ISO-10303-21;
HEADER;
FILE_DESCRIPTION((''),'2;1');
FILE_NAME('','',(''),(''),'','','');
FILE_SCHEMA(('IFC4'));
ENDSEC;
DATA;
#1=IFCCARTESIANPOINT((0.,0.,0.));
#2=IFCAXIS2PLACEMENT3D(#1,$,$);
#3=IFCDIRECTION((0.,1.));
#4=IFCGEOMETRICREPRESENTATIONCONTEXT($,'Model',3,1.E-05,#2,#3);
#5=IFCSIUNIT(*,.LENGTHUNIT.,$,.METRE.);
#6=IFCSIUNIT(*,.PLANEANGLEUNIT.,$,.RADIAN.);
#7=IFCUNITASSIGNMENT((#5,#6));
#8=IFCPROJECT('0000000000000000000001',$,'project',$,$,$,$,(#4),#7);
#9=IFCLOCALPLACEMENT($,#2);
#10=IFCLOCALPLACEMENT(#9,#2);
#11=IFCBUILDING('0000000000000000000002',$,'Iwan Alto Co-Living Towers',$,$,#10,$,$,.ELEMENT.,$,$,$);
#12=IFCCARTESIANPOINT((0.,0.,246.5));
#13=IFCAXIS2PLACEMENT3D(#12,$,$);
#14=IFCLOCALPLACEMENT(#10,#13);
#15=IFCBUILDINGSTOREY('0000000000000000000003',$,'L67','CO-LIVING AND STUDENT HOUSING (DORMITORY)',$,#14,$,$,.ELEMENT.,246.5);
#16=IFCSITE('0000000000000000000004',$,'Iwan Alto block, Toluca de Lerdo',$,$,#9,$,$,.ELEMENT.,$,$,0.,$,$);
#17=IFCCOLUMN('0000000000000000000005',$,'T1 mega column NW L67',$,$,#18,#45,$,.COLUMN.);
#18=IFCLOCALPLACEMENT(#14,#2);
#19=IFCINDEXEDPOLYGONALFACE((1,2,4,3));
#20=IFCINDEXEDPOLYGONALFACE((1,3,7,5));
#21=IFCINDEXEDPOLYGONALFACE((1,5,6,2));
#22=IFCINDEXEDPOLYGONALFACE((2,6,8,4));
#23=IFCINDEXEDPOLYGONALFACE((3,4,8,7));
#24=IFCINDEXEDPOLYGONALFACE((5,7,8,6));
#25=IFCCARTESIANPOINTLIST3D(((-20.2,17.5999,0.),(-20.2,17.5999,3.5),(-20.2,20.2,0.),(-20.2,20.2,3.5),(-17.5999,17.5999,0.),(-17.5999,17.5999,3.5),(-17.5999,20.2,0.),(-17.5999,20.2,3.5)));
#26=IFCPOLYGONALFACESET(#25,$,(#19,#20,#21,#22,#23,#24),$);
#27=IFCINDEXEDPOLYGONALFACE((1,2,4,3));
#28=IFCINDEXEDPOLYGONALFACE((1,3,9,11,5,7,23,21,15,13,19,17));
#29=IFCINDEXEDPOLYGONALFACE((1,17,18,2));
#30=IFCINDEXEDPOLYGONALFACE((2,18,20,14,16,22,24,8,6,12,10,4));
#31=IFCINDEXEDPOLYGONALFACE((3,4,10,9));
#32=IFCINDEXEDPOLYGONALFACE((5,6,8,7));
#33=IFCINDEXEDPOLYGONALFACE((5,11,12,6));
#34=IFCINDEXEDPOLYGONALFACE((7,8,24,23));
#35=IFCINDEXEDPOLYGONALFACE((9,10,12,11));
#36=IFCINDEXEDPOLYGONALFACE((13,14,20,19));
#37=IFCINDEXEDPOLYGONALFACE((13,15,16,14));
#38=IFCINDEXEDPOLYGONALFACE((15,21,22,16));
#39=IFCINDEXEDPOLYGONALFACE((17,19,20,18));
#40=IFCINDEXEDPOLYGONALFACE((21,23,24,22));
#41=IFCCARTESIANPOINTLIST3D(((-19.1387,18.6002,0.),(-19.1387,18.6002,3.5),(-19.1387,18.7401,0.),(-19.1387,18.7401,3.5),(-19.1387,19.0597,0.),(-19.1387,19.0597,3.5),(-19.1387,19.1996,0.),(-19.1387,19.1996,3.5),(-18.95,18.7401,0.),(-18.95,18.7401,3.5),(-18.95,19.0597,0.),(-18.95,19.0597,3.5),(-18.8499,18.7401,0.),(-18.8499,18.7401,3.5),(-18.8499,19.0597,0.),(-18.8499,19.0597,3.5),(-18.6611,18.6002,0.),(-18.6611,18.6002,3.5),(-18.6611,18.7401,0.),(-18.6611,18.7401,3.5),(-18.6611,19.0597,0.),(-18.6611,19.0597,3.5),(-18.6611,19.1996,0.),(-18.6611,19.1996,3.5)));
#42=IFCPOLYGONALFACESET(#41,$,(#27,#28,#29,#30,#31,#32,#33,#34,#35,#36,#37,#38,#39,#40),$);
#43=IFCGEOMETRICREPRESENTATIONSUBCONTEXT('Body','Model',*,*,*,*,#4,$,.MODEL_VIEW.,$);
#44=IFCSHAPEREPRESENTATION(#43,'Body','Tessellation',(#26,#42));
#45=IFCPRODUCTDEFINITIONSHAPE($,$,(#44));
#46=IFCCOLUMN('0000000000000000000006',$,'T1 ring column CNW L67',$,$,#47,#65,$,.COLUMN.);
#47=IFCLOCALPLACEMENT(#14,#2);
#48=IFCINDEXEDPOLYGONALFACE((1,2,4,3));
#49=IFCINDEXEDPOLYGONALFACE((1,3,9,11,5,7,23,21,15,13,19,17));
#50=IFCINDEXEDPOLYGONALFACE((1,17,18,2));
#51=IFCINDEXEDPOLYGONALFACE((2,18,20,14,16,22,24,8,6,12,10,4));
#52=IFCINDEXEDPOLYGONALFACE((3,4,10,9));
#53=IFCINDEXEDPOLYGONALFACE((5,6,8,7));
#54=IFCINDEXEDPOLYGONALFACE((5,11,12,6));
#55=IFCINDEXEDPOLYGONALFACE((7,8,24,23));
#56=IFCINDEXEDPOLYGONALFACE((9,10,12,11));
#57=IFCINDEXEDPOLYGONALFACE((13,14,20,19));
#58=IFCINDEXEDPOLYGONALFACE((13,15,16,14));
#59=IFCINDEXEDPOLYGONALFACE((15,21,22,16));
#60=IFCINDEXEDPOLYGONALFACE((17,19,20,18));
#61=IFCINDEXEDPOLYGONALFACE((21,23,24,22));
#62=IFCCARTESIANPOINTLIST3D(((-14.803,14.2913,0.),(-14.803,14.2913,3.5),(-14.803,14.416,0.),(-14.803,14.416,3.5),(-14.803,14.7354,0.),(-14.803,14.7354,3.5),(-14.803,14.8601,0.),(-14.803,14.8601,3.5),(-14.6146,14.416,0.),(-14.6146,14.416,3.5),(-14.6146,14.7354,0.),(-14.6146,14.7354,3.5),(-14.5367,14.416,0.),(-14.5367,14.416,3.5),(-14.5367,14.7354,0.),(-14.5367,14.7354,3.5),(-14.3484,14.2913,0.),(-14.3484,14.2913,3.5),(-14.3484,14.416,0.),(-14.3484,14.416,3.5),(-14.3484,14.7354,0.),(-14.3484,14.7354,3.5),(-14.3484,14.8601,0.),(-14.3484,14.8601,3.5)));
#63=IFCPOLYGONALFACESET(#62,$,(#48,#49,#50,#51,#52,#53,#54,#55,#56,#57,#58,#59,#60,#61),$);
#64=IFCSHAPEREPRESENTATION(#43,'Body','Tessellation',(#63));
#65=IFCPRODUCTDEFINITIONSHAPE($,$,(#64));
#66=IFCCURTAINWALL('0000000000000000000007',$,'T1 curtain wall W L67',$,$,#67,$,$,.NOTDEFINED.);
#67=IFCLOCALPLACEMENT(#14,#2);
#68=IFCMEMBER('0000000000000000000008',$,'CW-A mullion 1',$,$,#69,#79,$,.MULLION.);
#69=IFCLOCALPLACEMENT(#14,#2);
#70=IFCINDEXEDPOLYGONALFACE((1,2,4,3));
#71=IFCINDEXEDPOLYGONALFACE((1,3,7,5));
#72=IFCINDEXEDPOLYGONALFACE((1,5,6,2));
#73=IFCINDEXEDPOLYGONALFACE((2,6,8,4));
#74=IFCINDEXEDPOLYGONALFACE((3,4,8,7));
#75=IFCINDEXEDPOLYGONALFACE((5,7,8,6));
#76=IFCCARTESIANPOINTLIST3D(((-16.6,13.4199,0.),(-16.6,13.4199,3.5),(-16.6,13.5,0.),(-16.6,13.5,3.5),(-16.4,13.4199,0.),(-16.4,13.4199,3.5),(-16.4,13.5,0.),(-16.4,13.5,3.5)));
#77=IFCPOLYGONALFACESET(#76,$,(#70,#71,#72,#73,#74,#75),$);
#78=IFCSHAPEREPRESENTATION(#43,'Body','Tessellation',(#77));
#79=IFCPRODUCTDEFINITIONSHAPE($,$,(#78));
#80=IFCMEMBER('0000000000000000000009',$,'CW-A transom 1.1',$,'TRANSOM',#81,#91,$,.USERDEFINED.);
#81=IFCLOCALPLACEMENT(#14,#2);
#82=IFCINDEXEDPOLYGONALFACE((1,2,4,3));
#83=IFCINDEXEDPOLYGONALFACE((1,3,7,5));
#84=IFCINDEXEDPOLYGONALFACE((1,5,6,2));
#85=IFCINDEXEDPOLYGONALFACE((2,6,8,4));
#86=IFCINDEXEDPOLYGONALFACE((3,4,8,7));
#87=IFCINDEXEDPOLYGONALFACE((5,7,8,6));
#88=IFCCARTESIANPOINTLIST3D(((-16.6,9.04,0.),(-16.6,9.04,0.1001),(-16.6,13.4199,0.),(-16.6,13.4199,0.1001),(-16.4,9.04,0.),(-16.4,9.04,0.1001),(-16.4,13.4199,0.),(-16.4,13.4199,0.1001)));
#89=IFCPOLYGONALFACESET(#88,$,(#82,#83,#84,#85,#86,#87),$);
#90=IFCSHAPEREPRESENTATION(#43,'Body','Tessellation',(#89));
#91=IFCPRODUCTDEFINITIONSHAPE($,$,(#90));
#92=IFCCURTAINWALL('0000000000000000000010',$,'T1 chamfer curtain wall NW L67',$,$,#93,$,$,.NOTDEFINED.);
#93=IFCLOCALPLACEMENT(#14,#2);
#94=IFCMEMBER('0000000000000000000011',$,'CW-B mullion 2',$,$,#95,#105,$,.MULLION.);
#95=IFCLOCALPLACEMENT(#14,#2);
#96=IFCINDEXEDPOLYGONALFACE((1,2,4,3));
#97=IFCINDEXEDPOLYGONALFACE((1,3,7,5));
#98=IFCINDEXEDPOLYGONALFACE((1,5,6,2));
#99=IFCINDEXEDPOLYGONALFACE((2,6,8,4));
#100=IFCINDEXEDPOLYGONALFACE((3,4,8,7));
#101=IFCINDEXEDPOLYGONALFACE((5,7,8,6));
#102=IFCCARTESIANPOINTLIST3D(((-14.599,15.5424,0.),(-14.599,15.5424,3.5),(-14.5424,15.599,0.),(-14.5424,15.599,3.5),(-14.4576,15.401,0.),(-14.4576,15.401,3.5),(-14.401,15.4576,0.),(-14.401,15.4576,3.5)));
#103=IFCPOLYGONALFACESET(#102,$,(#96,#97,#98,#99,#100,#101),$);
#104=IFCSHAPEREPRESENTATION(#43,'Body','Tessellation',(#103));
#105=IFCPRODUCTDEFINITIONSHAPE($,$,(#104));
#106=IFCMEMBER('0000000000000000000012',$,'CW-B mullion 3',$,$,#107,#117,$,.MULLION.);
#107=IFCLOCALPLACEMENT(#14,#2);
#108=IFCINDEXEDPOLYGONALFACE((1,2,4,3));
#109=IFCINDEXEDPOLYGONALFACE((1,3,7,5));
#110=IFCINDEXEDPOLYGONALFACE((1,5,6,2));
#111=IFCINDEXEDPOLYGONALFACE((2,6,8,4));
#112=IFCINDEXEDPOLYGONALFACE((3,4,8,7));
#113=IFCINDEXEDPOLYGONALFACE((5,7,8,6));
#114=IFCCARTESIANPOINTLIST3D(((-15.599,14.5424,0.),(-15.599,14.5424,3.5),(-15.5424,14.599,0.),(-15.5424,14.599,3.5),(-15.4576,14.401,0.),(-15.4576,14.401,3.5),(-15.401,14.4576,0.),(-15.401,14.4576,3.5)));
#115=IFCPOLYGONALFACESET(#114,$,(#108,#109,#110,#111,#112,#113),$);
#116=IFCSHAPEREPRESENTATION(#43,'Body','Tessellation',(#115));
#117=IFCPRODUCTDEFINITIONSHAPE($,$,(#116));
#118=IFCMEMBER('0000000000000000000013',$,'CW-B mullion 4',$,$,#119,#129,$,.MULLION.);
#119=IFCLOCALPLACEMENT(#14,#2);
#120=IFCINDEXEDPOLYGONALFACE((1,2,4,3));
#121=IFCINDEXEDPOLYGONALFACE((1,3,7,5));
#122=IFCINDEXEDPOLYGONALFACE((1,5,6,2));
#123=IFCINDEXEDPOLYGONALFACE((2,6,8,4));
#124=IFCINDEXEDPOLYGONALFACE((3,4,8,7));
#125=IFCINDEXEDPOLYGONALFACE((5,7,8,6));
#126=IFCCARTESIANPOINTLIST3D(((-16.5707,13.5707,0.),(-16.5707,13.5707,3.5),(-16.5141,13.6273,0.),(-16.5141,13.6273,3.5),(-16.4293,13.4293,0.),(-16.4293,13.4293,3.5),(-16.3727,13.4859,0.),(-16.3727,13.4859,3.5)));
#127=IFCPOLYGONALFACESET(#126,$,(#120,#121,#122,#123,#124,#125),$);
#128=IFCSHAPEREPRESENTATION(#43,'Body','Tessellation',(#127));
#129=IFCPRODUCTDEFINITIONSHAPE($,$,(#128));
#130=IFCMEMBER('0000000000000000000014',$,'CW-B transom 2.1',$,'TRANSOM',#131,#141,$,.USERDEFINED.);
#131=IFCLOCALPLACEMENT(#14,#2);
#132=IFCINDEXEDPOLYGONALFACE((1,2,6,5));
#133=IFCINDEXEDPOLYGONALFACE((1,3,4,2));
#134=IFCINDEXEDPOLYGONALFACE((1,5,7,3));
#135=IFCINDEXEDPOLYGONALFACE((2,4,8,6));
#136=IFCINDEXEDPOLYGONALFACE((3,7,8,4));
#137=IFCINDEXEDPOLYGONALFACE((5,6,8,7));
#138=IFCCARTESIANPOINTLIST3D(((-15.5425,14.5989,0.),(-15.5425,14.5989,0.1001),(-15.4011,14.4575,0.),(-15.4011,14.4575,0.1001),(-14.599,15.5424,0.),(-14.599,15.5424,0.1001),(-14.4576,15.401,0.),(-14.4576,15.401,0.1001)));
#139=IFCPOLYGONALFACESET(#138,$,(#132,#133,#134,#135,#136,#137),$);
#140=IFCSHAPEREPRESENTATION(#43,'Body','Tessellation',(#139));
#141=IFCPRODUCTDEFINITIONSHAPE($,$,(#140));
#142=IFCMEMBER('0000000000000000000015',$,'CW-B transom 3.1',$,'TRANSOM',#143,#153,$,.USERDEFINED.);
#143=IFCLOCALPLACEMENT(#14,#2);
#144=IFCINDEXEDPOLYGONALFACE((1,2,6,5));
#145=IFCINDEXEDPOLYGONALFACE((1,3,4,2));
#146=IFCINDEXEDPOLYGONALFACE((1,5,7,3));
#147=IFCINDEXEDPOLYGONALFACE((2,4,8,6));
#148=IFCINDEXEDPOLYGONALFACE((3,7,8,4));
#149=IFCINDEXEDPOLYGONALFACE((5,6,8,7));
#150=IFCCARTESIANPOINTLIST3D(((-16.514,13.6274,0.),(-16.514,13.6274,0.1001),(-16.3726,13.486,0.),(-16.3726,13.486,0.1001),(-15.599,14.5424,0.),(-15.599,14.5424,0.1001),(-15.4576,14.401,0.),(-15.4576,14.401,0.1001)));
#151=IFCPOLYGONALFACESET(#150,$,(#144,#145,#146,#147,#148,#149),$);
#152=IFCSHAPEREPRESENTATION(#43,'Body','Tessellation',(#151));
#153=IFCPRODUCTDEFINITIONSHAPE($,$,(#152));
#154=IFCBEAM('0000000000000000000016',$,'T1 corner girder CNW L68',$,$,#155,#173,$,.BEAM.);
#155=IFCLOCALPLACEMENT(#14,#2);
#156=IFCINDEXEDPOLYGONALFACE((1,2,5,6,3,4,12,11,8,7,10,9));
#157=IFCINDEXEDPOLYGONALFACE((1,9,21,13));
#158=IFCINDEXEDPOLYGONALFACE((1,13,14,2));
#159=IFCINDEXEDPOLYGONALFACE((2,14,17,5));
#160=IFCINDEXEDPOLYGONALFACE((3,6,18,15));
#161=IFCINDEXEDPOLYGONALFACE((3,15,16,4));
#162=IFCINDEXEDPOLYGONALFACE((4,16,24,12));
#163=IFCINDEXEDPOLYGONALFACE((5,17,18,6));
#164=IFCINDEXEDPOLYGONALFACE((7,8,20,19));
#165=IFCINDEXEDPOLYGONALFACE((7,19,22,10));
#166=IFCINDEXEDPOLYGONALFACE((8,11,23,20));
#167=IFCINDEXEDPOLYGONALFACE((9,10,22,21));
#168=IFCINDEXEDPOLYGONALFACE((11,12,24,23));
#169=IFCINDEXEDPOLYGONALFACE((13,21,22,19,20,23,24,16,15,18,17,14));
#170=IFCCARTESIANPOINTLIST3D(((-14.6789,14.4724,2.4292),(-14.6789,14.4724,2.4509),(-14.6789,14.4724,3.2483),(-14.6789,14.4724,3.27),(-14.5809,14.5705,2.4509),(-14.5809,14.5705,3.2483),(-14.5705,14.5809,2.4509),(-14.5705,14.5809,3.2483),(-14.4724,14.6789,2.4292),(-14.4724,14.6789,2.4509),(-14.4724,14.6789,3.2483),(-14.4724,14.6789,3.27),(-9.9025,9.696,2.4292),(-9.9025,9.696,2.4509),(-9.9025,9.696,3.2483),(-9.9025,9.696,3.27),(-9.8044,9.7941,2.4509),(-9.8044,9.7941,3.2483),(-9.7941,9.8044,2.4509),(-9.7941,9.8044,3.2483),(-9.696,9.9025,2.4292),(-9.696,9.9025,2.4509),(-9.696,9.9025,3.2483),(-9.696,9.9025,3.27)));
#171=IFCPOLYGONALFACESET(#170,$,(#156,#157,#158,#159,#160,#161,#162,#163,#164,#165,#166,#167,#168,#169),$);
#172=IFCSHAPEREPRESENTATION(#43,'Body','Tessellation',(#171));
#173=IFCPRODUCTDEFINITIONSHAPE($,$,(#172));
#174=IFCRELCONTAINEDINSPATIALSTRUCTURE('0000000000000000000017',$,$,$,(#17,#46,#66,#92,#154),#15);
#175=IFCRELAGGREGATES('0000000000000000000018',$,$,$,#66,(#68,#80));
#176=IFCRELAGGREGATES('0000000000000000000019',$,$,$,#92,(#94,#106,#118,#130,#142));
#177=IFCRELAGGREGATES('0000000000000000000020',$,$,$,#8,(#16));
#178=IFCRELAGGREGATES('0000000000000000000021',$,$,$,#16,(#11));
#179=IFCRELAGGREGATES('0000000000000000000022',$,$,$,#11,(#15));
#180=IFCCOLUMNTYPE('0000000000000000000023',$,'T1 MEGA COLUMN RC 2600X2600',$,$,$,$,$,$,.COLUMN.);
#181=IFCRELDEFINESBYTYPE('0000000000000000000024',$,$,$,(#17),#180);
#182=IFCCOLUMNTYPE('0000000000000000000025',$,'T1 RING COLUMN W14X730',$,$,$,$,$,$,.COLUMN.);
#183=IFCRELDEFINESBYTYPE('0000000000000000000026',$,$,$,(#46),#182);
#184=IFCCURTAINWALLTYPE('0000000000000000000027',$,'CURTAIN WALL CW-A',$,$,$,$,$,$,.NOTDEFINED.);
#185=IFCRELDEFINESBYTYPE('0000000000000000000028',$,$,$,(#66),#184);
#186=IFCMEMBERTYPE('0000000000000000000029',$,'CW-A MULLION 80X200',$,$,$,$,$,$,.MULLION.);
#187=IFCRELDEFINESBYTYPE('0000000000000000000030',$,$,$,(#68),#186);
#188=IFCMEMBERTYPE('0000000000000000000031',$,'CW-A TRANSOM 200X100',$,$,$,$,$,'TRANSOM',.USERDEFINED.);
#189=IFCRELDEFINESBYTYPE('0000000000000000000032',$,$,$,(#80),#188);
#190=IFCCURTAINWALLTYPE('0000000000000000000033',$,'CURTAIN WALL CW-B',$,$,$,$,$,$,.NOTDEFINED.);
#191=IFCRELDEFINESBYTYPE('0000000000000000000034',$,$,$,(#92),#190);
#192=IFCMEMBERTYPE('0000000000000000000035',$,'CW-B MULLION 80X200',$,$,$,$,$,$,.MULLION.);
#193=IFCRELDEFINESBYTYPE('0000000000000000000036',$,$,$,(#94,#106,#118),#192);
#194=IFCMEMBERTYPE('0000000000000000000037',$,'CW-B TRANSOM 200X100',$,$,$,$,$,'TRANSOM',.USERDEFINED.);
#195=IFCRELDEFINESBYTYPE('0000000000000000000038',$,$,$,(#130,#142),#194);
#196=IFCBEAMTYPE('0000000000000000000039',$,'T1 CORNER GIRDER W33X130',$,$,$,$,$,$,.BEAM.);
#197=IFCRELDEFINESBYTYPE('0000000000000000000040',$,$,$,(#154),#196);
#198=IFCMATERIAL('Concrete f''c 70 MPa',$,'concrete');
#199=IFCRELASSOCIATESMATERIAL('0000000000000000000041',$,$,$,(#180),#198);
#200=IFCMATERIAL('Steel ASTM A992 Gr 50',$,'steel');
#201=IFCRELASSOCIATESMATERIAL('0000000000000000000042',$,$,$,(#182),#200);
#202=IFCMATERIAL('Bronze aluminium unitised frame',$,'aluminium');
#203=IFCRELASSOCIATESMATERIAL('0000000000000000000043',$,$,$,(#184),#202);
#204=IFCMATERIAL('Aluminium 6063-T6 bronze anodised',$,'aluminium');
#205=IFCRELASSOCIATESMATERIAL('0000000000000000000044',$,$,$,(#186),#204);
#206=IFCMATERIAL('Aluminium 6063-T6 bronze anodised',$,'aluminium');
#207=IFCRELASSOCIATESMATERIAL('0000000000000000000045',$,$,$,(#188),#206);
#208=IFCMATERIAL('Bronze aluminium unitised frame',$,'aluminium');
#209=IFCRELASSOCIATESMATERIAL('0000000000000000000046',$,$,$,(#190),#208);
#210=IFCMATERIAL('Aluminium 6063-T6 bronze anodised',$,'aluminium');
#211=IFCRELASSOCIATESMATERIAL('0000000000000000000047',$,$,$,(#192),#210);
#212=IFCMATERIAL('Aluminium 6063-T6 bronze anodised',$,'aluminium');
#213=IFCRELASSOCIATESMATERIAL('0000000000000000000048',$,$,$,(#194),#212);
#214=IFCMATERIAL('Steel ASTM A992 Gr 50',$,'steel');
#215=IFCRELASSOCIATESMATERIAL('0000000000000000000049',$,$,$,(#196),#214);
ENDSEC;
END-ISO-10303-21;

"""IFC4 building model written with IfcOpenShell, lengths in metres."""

from ifc_helpers import new_model, si_unit, direction, frame, origin, origin_2d, place, context, subcontext, project, spatial, rectangle, i_section, extrude, material, material_profile, profile_set, type_object, element, aggregate, save


model = new_model("IFC4")

# Units and contexts
model_context = context("Model", 3, precision=1e-05, world=origin(), true_north=direction((0.0, 1.0)))
body_context = subcontext(model_context, "Body", "Model", "MODEL_VIEW")
ifc_project = project(units=[si_unit("LENGTHUNIT", "METRE"), si_unit("PLANEANGLEUNIT", "RADIAN")], contexts=[model_context])

# Site, building, storey
site_placement = place(None, origin())
site = spatial("IfcSite", under=ifc_project, at=site_placement, Name="Iwan Alto block, Toluca de Lerdo", CompositionType="ELEMENT", RefElevation=0.0)
building_placement = place(site_placement, origin())
building = spatial("IfcBuilding", under=site, at=building_placement, Name="Iwan Alto Co-Living Towers", CompositionType="ELEMENT")
storey_placement = place(building_placement, frame((0.0, 0.0, 246.5)))
storey = spatial("IfcBuildingStorey", under=building, at=storey_placement, Name="L67", Description="CO-LIVING AND STUDENT HOUSING (DORMITORY)", CompositionType="ELEMENT", Elevation=246.5)

# Columns
ifc_material_1 = material(Name="Concrete f'c 70 MPa", Category="concrete")
ifc_material_profile_1 = material_profile(ifc_material_1, rectangle(XDim=2.6001, YDim=2.6001, at=origin_2d()), Name="RC 2600X2600")
ifc_profile_set_1 = profile_set([ifc_material_profile_1], Name="Concrete f'c 70 MPa")
column_type_1 = type_object("IfcColumnType", Name="T1 MEGA COLUMN RC 2600X2600", PredefinedType="COLUMN", material=ifc_profile_set_1)
column_1_placement = place(storey_placement, frame((-18.8999, 18.8999, 0.0), z_axis=(0.0, 0.0, 1.0), x_axis=(1.0, 0.0, 0.0)))
element("IfcColumn", 1, at=column_1_placement, inside=storey, type_object=column_type_1, Name="T1 mega column NW L67", PredefinedType="COLUMN", context=body_context, shape_type="SweptSolid", body=[
    extrude(rectangle(XDim=2.6001, YDim=2.6001, at=origin_2d()), origin(), (0.0, 0.0, 1.0), 3.5),
    extrude(i_section(OverallWidth=0.4775, OverallDepth=0.5994, WebThickness=0.1001, FlangeThickness=0.1399, at=origin_2d()), origin(), (0.0, 0.0, 1.0), 3.5),
])
ifc_material_2 = material(Name="Steel ASTM A992 Gr 50", Category="steel")
ifc_material_profile_2 = material_profile(ifc_material_2, i_section(OverallWidth=0.4546, OverallDepth=0.5688, WebThickness=0.0779, FlangeThickness=0.1248, at=origin_2d()), Name="W14X730")
ifc_profile_set_2 = profile_set([ifc_material_profile_2], Name="Steel ASTM A992 Gr 50")
column_type_2 = type_object("IfcColumnType", Name="T1 RING COLUMN W14X730", PredefinedType="COLUMN", material=ifc_profile_set_2)
column_2_placement = place(storey_placement, frame((-14.5757, 14.5757, 0.0), z_axis=(0.0, 0.0, 1.0), x_axis=(1.0, 0.0, 0.0)))
element("IfcColumn", 2, at=column_2_placement, inside=storey, type_object=column_type_2, Name="T1 ring column CNW L67", PredefinedType="COLUMN", context=body_context, shape_type="SweptSolid", body=[
    extrude(i_section(OverallWidth=0.4546, OverallDepth=0.5688, WebThickness=0.0779, FlangeThickness=0.1248, at=origin_2d()), origin(), (0.0, 0.0, 1.0), 3.5),
])

# Curtain walls, members
ifc_material_3 = material(Name="Bronze aluminium unitised frame", Category="aluminium")
curtain_wall_type_1 = type_object("IfcCurtainWallType", Name="CURTAIN WALL CW-A", PredefinedType="NOTDEFINED", material=ifc_material_3)
curtain_wall_1_placement = place(storey_placement, origin())
curtain_wall_1 = element("IfcCurtainWall", 3, at=curtain_wall_1_placement, inside=storey, type_object=curtain_wall_type_1, Name="T1 curtain wall W L67", PredefinedType="NOTDEFINED")
ifc_material_4 = material(Name="Aluminium 6063-T6 bronze anodised", Category="aluminium")
ifc_material_profile_3 = material_profile(ifc_material_4, rectangle(XDim=0.2, YDim=0.0801, at=origin_2d()), Name="AL 80X200")
ifc_profile_set_3 = profile_set([ifc_material_profile_3], Name="Aluminium 6063-T6 bronze anodised")
member_type_1 = type_object("IfcMemberType", Name="CW-A MULLION 80X200", PredefinedType="MULLION", material=ifc_profile_set_3)
member_1_placement = place(storey_placement, frame((-16.5, 13.46, 0.0), z_axis=(0.0, 0.0, 1.0), x_axis=(1.0, 0.0, 0.0)))
member_1 = element("IfcMember", 4, at=member_1_placement, type_object=member_type_1, Name="CW-A mullion 1", PredefinedType="MULLION", context=body_context, shape_type="SweptSolid", body=[
    extrude(rectangle(XDim=0.2, YDim=0.0801, at=origin_2d()), origin(), (0.0, 0.0, 1.0), 3.5),
])
ifc_material_5 = material(Name="Aluminium 6063-T6 bronze anodised", Category="aluminium")
ifc_material_profile_4 = material_profile(ifc_material_5, rectangle(XDim=0.2, YDim=0.1001, at=origin_2d()), Name="AL 200X100")
ifc_profile_set_4 = profile_set([ifc_material_profile_4], Name="Aluminium 6063-T6 bronze anodised")
member_type_2 = type_object("IfcMemberType", Name="CW-A TRANSOM 200X100", ElementType="TRANSOM", PredefinedType="USERDEFINED", material=ifc_profile_set_4)
member_2_placement = place(storey_placement, frame((-16.5, 13.4199, 0.05), z_axis=(0.0, -1.0, 0.0), x_axis=(1.0, 0.0, 0.0)))
member_2 = element("IfcMember", 5, at=member_2_placement, type_object=member_type_2, Name="CW-A transom 1.1", ObjectType="TRANSOM", PredefinedType="USERDEFINED", context=body_context, shape_type="SweptSolid", body=[
    extrude(rectangle(XDim=0.2, YDim=0.1001, at=origin_2d()), origin(), (0.0, 0.0, 1.0), 4.3799),
])
ifc_material_6 = material(Name="Bronze aluminium unitised frame", Category="aluminium")
curtain_wall_type_2 = type_object("IfcCurtainWallType", Name="CURTAIN WALL CW-B", PredefinedType="NOTDEFINED", material=ifc_material_6)
curtain_wall_2_placement = place(storey_placement, origin())
curtain_wall_2 = element("IfcCurtainWall", 6, at=curtain_wall_2_placement, inside=storey, type_object=curtain_wall_type_2, Name="T1 chamfer curtain wall NW L67", PredefinedType="NOTDEFINED")
ifc_material_7 = material(Name="Aluminium 6063-T6 bronze anodised", Category="aluminium")
ifc_material_profile_5 = material_profile(ifc_material_7, rectangle(XDim=0.2, YDim=0.0801, at=origin_2d()), Name="AL 80X200")
ifc_profile_set_5 = profile_set([ifc_material_profile_5], Name="Aluminium 6063-T6 bronze anodised")
member_type_3 = type_object("IfcMemberType", Name="CW-B MULLION 80X200", PredefinedType="MULLION", material=ifc_profile_set_5)
member_3_placement = place(storey_placement, frame((-14.5, 15.5, 0.0), z_axis=(0.0, 0.0, 1.0), x_axis=(0.707107, -0.707107, 0.0)))
member_3 = element("IfcMember", 7, at=member_3_placement, type_object=member_type_3, Name="CW-B mullion 2", PredefinedType="MULLION", context=body_context, shape_type="SweptSolid", body=[
    extrude(rectangle(XDim=0.2, YDim=0.0801, at=origin_2d()), origin(), (0.0, 0.0, 1.0), 3.5),
])
member_4_placement = place(storey_placement, frame((-15.5, 14.5, 0.0), z_axis=(0.0, 0.0, 1.0), x_axis=(0.707107, -0.707107, 0.0)))
member_4 = element("IfcMember", 8, at=member_4_placement, type_object=member_type_3, Name="CW-B mullion 3", PredefinedType="MULLION", context=body_context, shape_type="SweptSolid", body=[
    extrude(rectangle(XDim=0.2, YDim=0.0801, at=origin_2d()), origin(), (0.0, 0.0, 1.0), 3.5),
])
member_5_placement = place(storey_placement, frame((-16.4717, 13.5283, 0.0), z_axis=(0.0, 0.0, 1.0), x_axis=(0.707107, -0.707107, 0.0)))
member_5 = element("IfcMember", 9, at=member_5_placement, type_object=member_type_3, Name="CW-B mullion 4", PredefinedType="MULLION", context=body_context, shape_type="SweptSolid", body=[
    extrude(rectangle(XDim=0.2, YDim=0.0801, at=origin_2d()), origin(), (0.0, 0.0, 1.0), 3.5),
])
ifc_material_8 = material(Name="Aluminium 6063-T6 bronze anodised", Category="aluminium")
ifc_material_profile_6 = material_profile(ifc_material_8, rectangle(XDim=0.2, YDim=0.1001, at=origin_2d()), Name="AL 200X100")
ifc_profile_set_6 = profile_set([ifc_material_profile_6], Name="Aluminium 6063-T6 bronze anodised")
member_type_4 = type_object("IfcMemberType", Name="CW-B TRANSOM 200X100", ElementType="TRANSOM", PredefinedType="USERDEFINED", material=ifc_profile_set_6)
member_6_placement = place(storey_placement, frame((-14.5283, 15.4717, 0.05), z_axis=(-0.707107, -0.707107, 0.0), x_axis=(0.707107, -0.707107, 0.0)))
member_6 = element("IfcMember", 10, at=member_6_placement, type_object=member_type_4, Name="CW-B transom 2.1", ObjectType="TRANSOM", PredefinedType="USERDEFINED", context=body_context, shape_type="SweptSolid", body=[
    extrude(rectangle(XDim=0.2, YDim=0.1001, at=origin_2d()), origin(), (0.0, 0.0, 1.0), 1.3342),
])
member_7_placement = place(storey_placement, frame((-15.5283, 14.4717, 0.05), z_axis=(-0.707107, -0.707107, 0.0), x_axis=(0.707107, -0.707107, 0.0)))
member_7 = element("IfcMember", 11, at=member_7_placement, type_object=member_type_4, Name="CW-B transom 3.1", ObjectType="TRANSOM", PredefinedType="USERDEFINED", context=body_context, shape_type="SweptSolid", body=[
    extrude(rectangle(XDim=0.2, YDim=0.1001, at=origin_2d()), origin(), (0.0, 0.0, 1.0), 1.2939),
])

# Beam
ifc_material_9 = material(Name="Steel ASTM A992 Gr 50", Category="steel")
ifc_material_profile_7 = material_profile(ifc_material_9, i_section(OverallWidth=0.292, OverallDepth=0.8408, WebThickness=0.0146, FlangeThickness=0.0217, at=origin_2d()), Name="W33X130")
ifc_profile_set_7 = profile_set([ifc_material_profile_7], Name="Steel ASTM A992 Gr 50")
beam_type_1 = type_object("IfcBeamType", Name="T1 CORNER GIRDER W33X130", PredefinedType="BEAM", material=ifc_profile_set_7)
beam_1_placement = place(storey_placement, frame((-14.5757, 14.5757, 2.8496), z_axis=(0.707107, -0.707107, 0.0), x_axis=(0.707107, 0.707107, 0.0)))
element("IfcBeam", 12, at=beam_1_placement, inside=storey, type_object=beam_type_1, Name="T1 corner girder CNW L68", PredefinedType="BEAM", context=body_context, shape_type="SweptSolid", body=[
    extrude(i_section(OverallWidth=0.292, OverallDepth=0.8408, WebThickness=0.0146, FlangeThickness=0.0217, at=origin_2d()), origin(), (0.0, 0.0, 1.0), 6.7549),
])

aggregate(curtain_wall_1, [member_1, member_2])
aggregate(curtain_wall_2, [member_3, member_4, member_5, member_6, member_7])

save(model, "model.ifc")
